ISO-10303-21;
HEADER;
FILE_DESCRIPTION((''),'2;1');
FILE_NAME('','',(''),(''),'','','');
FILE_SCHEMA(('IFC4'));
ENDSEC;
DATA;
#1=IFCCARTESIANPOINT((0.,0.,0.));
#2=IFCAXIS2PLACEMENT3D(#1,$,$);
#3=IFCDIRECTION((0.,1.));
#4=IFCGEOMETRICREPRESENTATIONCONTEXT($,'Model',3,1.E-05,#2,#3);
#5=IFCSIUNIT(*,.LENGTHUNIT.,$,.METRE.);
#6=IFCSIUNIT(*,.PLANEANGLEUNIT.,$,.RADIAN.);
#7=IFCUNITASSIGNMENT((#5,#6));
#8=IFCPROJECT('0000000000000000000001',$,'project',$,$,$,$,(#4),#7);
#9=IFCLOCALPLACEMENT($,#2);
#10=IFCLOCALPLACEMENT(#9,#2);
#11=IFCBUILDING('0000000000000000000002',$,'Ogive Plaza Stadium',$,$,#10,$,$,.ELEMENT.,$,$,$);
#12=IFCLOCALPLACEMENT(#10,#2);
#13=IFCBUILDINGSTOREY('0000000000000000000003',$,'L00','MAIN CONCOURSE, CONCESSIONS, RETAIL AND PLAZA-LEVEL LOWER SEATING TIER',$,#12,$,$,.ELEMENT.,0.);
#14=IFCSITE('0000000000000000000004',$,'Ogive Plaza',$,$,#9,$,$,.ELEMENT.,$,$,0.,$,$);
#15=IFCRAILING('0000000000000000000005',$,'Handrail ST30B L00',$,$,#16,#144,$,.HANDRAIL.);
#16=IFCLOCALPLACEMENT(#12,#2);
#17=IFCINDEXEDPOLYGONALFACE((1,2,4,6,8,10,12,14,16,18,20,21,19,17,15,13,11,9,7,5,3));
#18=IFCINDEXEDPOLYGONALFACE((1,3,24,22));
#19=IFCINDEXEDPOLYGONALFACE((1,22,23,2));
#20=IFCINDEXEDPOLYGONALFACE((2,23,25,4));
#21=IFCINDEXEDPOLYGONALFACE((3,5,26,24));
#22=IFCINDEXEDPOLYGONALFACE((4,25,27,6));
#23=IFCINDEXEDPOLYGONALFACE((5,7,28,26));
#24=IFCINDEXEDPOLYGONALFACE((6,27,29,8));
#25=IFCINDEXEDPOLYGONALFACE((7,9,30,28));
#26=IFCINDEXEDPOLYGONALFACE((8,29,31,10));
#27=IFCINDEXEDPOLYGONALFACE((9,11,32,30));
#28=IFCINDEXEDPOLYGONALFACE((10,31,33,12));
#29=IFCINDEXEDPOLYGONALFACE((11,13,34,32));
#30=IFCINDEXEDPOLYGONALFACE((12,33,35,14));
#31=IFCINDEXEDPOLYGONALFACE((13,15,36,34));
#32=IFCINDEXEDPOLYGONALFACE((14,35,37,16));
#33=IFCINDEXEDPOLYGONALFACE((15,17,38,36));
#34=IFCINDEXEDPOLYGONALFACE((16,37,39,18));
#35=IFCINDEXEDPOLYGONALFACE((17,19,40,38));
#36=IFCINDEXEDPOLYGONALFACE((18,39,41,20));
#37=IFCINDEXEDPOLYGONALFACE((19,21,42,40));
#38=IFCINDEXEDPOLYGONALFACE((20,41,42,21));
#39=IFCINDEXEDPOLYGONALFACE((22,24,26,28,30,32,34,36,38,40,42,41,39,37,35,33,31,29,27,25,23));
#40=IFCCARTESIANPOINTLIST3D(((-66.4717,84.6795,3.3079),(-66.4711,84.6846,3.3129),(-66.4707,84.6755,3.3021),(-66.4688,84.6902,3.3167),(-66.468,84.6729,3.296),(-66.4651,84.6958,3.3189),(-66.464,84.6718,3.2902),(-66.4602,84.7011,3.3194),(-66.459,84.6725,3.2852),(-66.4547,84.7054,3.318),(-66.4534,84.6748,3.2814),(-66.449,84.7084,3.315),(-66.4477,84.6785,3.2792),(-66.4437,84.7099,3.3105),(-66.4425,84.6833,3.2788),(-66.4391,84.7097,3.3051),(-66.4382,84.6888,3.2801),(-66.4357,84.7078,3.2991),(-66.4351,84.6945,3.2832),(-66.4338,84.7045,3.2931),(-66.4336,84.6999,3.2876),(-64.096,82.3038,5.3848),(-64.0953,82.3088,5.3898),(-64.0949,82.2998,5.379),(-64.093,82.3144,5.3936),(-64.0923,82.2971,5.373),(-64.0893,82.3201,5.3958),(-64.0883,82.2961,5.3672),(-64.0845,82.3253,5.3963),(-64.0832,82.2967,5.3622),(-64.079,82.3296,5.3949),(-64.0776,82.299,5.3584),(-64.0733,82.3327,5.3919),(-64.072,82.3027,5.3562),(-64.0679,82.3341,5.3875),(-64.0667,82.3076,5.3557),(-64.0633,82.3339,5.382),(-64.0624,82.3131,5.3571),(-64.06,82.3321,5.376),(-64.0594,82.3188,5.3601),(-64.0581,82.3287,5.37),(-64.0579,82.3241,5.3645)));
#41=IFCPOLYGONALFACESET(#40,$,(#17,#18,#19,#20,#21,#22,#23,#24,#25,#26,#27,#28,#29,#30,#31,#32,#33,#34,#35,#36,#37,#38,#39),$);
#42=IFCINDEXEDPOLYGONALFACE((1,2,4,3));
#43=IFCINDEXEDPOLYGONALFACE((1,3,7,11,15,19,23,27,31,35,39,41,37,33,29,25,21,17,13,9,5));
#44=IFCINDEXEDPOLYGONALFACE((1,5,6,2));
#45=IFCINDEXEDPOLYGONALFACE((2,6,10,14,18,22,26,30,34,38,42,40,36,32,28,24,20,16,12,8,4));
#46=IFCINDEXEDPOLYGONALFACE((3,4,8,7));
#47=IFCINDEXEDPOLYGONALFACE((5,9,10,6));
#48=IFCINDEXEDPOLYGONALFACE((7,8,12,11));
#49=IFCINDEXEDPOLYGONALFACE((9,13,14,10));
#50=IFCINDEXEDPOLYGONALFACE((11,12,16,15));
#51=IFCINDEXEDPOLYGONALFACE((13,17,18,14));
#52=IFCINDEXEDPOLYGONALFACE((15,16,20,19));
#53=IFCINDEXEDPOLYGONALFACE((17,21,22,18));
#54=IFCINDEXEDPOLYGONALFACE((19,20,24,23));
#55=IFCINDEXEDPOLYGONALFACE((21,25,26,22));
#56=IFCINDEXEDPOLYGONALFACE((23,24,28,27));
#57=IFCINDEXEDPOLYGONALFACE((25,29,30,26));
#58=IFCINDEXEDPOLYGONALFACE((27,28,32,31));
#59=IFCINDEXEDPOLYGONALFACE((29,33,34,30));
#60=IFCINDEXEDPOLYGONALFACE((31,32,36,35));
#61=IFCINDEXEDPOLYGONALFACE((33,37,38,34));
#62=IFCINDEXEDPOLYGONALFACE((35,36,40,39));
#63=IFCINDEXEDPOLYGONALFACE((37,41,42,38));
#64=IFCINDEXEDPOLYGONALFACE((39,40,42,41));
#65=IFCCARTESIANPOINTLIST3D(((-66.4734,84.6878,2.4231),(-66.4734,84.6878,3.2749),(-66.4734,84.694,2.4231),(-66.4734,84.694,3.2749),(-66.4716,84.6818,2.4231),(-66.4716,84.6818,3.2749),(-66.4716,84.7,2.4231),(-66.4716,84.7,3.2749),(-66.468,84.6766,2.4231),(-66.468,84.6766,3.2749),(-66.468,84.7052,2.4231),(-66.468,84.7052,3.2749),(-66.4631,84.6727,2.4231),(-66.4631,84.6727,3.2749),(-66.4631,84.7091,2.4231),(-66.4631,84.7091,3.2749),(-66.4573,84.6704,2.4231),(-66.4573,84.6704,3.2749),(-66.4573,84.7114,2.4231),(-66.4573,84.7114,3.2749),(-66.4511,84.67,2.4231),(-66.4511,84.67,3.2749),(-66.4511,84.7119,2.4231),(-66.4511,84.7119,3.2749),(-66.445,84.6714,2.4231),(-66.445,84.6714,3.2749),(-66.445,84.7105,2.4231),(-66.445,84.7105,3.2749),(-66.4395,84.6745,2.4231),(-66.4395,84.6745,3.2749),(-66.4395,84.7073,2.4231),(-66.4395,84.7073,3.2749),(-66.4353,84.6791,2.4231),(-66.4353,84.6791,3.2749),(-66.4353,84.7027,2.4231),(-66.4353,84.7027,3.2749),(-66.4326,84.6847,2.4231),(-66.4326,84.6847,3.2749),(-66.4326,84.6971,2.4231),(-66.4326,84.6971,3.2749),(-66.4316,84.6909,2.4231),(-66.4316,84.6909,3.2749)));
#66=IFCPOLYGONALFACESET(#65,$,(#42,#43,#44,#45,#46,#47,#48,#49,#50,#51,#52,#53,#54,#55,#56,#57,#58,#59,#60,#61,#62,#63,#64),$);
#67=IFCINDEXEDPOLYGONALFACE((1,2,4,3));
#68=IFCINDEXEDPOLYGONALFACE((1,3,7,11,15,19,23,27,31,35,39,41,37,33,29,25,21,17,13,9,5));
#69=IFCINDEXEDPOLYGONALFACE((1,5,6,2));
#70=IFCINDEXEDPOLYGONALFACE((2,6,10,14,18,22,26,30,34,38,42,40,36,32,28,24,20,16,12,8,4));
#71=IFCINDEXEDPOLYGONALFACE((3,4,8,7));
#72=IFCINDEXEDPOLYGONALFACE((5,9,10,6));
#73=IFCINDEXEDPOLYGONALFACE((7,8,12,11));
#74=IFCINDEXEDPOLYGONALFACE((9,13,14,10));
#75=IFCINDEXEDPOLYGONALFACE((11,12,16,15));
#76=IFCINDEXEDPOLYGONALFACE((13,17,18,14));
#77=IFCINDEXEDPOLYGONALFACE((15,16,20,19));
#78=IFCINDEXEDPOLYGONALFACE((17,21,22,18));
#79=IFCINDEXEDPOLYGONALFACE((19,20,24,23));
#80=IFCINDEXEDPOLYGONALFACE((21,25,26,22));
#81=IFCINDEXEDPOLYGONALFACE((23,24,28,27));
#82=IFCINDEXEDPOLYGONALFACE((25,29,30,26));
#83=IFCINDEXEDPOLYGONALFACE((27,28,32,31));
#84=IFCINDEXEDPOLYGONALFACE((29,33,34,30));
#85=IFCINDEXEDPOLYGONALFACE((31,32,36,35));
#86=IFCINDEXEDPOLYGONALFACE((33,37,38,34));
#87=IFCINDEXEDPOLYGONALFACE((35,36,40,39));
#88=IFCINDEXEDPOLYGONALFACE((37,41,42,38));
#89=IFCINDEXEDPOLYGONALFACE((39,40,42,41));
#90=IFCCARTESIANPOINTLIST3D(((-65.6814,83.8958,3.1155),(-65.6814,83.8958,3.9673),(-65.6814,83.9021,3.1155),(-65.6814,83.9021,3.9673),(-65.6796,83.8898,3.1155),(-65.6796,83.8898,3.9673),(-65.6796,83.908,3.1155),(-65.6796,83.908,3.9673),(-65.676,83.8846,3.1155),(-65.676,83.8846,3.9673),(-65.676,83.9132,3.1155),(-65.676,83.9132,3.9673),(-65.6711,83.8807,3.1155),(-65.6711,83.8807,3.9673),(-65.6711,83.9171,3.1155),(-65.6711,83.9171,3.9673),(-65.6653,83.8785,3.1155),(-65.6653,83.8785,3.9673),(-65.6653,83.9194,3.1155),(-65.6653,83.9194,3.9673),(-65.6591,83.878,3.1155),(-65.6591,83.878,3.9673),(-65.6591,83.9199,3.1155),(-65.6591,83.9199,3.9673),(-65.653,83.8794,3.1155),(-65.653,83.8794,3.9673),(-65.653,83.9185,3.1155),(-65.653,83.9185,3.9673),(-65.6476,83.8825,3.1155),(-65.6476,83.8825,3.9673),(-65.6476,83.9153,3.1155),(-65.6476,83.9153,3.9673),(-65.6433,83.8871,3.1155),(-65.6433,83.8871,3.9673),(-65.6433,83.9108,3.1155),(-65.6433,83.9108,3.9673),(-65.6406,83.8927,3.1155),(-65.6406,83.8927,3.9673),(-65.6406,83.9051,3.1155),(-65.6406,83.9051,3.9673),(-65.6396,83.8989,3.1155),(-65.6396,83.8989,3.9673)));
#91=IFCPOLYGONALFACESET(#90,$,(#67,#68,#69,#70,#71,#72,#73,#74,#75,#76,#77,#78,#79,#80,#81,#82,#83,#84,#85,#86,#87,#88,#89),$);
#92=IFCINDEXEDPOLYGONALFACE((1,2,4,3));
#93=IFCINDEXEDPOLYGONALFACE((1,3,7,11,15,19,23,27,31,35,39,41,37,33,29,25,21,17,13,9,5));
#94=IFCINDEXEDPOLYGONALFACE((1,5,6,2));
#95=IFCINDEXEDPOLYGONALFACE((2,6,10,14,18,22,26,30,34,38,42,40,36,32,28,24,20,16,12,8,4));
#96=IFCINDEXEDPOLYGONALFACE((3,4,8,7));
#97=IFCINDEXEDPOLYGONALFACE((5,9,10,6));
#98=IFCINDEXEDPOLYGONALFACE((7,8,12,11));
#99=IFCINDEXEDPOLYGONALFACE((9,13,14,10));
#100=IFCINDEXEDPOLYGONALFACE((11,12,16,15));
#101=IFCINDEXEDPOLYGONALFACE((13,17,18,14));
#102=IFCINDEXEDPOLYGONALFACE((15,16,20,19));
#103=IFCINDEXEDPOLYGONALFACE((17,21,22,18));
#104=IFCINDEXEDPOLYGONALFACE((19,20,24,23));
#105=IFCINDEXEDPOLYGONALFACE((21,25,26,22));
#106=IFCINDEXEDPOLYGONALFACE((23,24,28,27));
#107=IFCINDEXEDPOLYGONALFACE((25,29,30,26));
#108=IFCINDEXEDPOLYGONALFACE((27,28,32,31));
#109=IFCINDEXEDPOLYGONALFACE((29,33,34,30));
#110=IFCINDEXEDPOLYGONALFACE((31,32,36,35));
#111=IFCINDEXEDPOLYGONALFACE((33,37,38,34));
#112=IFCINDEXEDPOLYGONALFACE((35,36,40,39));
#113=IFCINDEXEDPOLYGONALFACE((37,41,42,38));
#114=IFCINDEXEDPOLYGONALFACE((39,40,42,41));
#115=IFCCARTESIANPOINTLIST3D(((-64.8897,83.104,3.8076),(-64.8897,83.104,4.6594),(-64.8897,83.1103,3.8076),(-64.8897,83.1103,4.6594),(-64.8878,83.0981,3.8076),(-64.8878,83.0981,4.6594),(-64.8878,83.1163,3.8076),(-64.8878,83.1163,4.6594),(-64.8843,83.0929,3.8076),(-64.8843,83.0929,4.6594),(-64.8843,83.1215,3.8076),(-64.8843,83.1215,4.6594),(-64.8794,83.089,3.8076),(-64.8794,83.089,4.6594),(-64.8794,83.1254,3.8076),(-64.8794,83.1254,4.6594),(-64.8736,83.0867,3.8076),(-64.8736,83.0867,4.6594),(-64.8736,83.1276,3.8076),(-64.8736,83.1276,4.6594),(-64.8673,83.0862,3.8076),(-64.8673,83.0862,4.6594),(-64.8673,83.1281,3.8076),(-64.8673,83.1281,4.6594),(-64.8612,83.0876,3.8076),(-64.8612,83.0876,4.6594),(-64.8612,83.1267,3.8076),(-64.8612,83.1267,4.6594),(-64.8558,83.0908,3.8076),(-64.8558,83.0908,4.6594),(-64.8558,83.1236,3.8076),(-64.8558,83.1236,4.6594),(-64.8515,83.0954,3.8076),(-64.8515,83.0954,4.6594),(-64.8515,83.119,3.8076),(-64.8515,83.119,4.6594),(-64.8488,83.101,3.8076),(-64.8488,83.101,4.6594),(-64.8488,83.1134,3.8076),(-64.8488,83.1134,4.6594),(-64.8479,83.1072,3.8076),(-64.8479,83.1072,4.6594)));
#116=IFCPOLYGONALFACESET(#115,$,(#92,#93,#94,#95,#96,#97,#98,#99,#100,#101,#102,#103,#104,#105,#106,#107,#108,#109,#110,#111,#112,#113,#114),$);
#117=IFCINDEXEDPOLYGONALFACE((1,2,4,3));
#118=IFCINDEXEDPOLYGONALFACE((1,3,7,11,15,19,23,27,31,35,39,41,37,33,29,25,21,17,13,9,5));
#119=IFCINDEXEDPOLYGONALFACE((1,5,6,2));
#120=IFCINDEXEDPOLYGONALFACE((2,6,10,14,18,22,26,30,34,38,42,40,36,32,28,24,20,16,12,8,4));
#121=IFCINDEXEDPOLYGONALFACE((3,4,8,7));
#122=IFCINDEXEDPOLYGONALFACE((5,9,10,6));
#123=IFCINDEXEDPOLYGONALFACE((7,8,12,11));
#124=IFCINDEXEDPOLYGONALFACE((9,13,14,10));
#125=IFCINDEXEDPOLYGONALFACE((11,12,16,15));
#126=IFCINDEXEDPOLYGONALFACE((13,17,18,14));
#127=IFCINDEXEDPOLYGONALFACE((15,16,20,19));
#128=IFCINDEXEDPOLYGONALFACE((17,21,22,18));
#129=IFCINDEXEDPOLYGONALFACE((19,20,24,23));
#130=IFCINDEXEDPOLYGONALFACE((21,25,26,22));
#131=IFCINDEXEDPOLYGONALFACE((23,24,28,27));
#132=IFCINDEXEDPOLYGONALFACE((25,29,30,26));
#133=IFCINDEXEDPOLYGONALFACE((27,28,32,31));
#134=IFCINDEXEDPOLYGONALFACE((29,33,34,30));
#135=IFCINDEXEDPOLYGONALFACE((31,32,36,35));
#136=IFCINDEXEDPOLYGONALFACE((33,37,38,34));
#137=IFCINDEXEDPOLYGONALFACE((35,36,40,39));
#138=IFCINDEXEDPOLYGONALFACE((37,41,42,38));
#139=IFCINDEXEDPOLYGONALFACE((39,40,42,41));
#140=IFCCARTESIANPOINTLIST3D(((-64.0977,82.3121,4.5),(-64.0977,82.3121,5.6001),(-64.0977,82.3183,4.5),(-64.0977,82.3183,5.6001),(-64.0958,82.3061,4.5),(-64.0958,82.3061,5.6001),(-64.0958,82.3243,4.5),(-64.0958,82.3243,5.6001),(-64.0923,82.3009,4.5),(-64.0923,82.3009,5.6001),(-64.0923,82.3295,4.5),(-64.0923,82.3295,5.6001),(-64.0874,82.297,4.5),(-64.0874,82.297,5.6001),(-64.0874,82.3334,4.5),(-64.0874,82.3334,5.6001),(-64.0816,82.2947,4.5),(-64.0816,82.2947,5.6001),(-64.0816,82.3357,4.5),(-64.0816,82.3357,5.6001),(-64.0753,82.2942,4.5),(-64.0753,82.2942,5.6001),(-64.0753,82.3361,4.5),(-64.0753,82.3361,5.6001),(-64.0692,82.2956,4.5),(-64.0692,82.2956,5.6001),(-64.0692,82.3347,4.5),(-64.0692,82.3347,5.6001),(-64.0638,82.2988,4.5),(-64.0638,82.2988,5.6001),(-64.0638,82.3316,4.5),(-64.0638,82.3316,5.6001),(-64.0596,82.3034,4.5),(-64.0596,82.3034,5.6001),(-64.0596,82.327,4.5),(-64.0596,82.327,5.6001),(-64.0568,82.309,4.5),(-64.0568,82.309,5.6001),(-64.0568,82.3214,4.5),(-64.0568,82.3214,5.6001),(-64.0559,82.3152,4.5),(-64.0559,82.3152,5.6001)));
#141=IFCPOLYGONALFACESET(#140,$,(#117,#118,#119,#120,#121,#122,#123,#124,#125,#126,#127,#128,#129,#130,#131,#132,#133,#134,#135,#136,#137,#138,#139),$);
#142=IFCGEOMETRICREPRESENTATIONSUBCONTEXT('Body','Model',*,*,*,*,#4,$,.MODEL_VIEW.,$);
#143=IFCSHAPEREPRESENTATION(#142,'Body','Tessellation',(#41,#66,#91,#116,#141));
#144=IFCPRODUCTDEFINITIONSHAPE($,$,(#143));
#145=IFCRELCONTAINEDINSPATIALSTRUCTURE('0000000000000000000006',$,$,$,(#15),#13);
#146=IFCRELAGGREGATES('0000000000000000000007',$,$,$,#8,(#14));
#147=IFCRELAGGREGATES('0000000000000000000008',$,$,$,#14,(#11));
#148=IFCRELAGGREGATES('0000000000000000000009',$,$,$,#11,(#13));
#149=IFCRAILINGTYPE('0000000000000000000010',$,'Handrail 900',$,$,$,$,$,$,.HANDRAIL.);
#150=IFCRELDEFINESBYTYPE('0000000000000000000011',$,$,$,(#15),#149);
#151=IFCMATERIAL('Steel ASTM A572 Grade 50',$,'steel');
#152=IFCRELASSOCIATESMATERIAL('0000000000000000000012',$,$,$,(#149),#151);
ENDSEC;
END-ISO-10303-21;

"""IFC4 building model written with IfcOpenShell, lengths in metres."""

from ifc_helpers import new_model, si_unit, direction, frame, origin, origin_2d, place, context, subcontext, project, spatial, circle, extrude, material, type_object, element, save


model = new_model("IFC4")

# Units and contexts
model_context = context("Model", 3, precision=1e-05, world=origin(), true_north=direction((0.0, 1.0)))
body_context = subcontext(model_context, "Body", "Model", "MODEL_VIEW")
ifc_project = project(units=[si_unit("LENGTHUNIT", "METRE"), si_unit("PLANEANGLEUNIT", "RADIAN")], contexts=[model_context])

# Site, building, storey
site_placement = place(None, origin())
site = spatial("IfcSite", under=ifc_project, at=site_placement, Name="Ogive Plaza", CompositionType="ELEMENT", RefElevation=0.0)
building_placement = place(site_placement, origin())
building = spatial("IfcBuilding", under=site, at=building_placement, Name="Ogive Plaza Stadium", CompositionType="ELEMENT")
storey_placement = place(building_placement, origin())
storey = spatial("IfcBuildingStorey", under=building, at=storey_placement, Name="L00", Description="MAIN CONCOURSE, CONCESSIONS, RETAIL AND PLAZA-LEVEL LOWER SEATING TIER", CompositionType="ELEMENT", Elevation=0.0)

# Railing
ifc_material_1 = material(Name="Steel ASTM A572 Grade 50", Category="steel")
railing_type_1 = type_object("IfcRailingType", Name="Handrail 900", PredefinedType="HANDRAIL", material=ifc_material_1)
for number, where, name in (
    (1, (-66.4526, 84.6909, 2.4231), "Handrail ST30B L00"),
):
    element("IfcRailing", number, at=place(storey_placement, frame(where)), inside=storey, type_object=railing_type_1, Name=name, PredefinedType="HANDRAIL", context=body_context, shape_type="SweptSolid", body=[
        extrude(circle(Radius=0.0239, at=origin_2d()), frame((0.0, 0.0, 0.876), z_axis=(0.601466, -0.601466, 0.525811), x_axis=(0.707107, 0.707107, 0.0)), (0.0, 0.0, 1.0), 3.95),
        extrude(circle(Radius=0.021, at=origin_2d()), origin(), (0.0, 0.0, 1.0), 0.8518),
        extrude(circle(Radius=0.021, at=origin_2d()), frame((0.792, -0.792, 0.6924)), (0.0, 0.0, 1.0), 0.8518),
        extrude(circle(Radius=0.021, at=origin_2d()), frame((1.5837, -1.5837, 1.3845)), (0.0, 0.0, 1.0), 0.8518),
        extrude(circle(Radius=0.021, at=origin_2d()), frame((2.3757, -2.3757, 2.0769)), (0.0, 0.0, 1.0), 1.1001),
    ])

save(model, "model.ifc")
